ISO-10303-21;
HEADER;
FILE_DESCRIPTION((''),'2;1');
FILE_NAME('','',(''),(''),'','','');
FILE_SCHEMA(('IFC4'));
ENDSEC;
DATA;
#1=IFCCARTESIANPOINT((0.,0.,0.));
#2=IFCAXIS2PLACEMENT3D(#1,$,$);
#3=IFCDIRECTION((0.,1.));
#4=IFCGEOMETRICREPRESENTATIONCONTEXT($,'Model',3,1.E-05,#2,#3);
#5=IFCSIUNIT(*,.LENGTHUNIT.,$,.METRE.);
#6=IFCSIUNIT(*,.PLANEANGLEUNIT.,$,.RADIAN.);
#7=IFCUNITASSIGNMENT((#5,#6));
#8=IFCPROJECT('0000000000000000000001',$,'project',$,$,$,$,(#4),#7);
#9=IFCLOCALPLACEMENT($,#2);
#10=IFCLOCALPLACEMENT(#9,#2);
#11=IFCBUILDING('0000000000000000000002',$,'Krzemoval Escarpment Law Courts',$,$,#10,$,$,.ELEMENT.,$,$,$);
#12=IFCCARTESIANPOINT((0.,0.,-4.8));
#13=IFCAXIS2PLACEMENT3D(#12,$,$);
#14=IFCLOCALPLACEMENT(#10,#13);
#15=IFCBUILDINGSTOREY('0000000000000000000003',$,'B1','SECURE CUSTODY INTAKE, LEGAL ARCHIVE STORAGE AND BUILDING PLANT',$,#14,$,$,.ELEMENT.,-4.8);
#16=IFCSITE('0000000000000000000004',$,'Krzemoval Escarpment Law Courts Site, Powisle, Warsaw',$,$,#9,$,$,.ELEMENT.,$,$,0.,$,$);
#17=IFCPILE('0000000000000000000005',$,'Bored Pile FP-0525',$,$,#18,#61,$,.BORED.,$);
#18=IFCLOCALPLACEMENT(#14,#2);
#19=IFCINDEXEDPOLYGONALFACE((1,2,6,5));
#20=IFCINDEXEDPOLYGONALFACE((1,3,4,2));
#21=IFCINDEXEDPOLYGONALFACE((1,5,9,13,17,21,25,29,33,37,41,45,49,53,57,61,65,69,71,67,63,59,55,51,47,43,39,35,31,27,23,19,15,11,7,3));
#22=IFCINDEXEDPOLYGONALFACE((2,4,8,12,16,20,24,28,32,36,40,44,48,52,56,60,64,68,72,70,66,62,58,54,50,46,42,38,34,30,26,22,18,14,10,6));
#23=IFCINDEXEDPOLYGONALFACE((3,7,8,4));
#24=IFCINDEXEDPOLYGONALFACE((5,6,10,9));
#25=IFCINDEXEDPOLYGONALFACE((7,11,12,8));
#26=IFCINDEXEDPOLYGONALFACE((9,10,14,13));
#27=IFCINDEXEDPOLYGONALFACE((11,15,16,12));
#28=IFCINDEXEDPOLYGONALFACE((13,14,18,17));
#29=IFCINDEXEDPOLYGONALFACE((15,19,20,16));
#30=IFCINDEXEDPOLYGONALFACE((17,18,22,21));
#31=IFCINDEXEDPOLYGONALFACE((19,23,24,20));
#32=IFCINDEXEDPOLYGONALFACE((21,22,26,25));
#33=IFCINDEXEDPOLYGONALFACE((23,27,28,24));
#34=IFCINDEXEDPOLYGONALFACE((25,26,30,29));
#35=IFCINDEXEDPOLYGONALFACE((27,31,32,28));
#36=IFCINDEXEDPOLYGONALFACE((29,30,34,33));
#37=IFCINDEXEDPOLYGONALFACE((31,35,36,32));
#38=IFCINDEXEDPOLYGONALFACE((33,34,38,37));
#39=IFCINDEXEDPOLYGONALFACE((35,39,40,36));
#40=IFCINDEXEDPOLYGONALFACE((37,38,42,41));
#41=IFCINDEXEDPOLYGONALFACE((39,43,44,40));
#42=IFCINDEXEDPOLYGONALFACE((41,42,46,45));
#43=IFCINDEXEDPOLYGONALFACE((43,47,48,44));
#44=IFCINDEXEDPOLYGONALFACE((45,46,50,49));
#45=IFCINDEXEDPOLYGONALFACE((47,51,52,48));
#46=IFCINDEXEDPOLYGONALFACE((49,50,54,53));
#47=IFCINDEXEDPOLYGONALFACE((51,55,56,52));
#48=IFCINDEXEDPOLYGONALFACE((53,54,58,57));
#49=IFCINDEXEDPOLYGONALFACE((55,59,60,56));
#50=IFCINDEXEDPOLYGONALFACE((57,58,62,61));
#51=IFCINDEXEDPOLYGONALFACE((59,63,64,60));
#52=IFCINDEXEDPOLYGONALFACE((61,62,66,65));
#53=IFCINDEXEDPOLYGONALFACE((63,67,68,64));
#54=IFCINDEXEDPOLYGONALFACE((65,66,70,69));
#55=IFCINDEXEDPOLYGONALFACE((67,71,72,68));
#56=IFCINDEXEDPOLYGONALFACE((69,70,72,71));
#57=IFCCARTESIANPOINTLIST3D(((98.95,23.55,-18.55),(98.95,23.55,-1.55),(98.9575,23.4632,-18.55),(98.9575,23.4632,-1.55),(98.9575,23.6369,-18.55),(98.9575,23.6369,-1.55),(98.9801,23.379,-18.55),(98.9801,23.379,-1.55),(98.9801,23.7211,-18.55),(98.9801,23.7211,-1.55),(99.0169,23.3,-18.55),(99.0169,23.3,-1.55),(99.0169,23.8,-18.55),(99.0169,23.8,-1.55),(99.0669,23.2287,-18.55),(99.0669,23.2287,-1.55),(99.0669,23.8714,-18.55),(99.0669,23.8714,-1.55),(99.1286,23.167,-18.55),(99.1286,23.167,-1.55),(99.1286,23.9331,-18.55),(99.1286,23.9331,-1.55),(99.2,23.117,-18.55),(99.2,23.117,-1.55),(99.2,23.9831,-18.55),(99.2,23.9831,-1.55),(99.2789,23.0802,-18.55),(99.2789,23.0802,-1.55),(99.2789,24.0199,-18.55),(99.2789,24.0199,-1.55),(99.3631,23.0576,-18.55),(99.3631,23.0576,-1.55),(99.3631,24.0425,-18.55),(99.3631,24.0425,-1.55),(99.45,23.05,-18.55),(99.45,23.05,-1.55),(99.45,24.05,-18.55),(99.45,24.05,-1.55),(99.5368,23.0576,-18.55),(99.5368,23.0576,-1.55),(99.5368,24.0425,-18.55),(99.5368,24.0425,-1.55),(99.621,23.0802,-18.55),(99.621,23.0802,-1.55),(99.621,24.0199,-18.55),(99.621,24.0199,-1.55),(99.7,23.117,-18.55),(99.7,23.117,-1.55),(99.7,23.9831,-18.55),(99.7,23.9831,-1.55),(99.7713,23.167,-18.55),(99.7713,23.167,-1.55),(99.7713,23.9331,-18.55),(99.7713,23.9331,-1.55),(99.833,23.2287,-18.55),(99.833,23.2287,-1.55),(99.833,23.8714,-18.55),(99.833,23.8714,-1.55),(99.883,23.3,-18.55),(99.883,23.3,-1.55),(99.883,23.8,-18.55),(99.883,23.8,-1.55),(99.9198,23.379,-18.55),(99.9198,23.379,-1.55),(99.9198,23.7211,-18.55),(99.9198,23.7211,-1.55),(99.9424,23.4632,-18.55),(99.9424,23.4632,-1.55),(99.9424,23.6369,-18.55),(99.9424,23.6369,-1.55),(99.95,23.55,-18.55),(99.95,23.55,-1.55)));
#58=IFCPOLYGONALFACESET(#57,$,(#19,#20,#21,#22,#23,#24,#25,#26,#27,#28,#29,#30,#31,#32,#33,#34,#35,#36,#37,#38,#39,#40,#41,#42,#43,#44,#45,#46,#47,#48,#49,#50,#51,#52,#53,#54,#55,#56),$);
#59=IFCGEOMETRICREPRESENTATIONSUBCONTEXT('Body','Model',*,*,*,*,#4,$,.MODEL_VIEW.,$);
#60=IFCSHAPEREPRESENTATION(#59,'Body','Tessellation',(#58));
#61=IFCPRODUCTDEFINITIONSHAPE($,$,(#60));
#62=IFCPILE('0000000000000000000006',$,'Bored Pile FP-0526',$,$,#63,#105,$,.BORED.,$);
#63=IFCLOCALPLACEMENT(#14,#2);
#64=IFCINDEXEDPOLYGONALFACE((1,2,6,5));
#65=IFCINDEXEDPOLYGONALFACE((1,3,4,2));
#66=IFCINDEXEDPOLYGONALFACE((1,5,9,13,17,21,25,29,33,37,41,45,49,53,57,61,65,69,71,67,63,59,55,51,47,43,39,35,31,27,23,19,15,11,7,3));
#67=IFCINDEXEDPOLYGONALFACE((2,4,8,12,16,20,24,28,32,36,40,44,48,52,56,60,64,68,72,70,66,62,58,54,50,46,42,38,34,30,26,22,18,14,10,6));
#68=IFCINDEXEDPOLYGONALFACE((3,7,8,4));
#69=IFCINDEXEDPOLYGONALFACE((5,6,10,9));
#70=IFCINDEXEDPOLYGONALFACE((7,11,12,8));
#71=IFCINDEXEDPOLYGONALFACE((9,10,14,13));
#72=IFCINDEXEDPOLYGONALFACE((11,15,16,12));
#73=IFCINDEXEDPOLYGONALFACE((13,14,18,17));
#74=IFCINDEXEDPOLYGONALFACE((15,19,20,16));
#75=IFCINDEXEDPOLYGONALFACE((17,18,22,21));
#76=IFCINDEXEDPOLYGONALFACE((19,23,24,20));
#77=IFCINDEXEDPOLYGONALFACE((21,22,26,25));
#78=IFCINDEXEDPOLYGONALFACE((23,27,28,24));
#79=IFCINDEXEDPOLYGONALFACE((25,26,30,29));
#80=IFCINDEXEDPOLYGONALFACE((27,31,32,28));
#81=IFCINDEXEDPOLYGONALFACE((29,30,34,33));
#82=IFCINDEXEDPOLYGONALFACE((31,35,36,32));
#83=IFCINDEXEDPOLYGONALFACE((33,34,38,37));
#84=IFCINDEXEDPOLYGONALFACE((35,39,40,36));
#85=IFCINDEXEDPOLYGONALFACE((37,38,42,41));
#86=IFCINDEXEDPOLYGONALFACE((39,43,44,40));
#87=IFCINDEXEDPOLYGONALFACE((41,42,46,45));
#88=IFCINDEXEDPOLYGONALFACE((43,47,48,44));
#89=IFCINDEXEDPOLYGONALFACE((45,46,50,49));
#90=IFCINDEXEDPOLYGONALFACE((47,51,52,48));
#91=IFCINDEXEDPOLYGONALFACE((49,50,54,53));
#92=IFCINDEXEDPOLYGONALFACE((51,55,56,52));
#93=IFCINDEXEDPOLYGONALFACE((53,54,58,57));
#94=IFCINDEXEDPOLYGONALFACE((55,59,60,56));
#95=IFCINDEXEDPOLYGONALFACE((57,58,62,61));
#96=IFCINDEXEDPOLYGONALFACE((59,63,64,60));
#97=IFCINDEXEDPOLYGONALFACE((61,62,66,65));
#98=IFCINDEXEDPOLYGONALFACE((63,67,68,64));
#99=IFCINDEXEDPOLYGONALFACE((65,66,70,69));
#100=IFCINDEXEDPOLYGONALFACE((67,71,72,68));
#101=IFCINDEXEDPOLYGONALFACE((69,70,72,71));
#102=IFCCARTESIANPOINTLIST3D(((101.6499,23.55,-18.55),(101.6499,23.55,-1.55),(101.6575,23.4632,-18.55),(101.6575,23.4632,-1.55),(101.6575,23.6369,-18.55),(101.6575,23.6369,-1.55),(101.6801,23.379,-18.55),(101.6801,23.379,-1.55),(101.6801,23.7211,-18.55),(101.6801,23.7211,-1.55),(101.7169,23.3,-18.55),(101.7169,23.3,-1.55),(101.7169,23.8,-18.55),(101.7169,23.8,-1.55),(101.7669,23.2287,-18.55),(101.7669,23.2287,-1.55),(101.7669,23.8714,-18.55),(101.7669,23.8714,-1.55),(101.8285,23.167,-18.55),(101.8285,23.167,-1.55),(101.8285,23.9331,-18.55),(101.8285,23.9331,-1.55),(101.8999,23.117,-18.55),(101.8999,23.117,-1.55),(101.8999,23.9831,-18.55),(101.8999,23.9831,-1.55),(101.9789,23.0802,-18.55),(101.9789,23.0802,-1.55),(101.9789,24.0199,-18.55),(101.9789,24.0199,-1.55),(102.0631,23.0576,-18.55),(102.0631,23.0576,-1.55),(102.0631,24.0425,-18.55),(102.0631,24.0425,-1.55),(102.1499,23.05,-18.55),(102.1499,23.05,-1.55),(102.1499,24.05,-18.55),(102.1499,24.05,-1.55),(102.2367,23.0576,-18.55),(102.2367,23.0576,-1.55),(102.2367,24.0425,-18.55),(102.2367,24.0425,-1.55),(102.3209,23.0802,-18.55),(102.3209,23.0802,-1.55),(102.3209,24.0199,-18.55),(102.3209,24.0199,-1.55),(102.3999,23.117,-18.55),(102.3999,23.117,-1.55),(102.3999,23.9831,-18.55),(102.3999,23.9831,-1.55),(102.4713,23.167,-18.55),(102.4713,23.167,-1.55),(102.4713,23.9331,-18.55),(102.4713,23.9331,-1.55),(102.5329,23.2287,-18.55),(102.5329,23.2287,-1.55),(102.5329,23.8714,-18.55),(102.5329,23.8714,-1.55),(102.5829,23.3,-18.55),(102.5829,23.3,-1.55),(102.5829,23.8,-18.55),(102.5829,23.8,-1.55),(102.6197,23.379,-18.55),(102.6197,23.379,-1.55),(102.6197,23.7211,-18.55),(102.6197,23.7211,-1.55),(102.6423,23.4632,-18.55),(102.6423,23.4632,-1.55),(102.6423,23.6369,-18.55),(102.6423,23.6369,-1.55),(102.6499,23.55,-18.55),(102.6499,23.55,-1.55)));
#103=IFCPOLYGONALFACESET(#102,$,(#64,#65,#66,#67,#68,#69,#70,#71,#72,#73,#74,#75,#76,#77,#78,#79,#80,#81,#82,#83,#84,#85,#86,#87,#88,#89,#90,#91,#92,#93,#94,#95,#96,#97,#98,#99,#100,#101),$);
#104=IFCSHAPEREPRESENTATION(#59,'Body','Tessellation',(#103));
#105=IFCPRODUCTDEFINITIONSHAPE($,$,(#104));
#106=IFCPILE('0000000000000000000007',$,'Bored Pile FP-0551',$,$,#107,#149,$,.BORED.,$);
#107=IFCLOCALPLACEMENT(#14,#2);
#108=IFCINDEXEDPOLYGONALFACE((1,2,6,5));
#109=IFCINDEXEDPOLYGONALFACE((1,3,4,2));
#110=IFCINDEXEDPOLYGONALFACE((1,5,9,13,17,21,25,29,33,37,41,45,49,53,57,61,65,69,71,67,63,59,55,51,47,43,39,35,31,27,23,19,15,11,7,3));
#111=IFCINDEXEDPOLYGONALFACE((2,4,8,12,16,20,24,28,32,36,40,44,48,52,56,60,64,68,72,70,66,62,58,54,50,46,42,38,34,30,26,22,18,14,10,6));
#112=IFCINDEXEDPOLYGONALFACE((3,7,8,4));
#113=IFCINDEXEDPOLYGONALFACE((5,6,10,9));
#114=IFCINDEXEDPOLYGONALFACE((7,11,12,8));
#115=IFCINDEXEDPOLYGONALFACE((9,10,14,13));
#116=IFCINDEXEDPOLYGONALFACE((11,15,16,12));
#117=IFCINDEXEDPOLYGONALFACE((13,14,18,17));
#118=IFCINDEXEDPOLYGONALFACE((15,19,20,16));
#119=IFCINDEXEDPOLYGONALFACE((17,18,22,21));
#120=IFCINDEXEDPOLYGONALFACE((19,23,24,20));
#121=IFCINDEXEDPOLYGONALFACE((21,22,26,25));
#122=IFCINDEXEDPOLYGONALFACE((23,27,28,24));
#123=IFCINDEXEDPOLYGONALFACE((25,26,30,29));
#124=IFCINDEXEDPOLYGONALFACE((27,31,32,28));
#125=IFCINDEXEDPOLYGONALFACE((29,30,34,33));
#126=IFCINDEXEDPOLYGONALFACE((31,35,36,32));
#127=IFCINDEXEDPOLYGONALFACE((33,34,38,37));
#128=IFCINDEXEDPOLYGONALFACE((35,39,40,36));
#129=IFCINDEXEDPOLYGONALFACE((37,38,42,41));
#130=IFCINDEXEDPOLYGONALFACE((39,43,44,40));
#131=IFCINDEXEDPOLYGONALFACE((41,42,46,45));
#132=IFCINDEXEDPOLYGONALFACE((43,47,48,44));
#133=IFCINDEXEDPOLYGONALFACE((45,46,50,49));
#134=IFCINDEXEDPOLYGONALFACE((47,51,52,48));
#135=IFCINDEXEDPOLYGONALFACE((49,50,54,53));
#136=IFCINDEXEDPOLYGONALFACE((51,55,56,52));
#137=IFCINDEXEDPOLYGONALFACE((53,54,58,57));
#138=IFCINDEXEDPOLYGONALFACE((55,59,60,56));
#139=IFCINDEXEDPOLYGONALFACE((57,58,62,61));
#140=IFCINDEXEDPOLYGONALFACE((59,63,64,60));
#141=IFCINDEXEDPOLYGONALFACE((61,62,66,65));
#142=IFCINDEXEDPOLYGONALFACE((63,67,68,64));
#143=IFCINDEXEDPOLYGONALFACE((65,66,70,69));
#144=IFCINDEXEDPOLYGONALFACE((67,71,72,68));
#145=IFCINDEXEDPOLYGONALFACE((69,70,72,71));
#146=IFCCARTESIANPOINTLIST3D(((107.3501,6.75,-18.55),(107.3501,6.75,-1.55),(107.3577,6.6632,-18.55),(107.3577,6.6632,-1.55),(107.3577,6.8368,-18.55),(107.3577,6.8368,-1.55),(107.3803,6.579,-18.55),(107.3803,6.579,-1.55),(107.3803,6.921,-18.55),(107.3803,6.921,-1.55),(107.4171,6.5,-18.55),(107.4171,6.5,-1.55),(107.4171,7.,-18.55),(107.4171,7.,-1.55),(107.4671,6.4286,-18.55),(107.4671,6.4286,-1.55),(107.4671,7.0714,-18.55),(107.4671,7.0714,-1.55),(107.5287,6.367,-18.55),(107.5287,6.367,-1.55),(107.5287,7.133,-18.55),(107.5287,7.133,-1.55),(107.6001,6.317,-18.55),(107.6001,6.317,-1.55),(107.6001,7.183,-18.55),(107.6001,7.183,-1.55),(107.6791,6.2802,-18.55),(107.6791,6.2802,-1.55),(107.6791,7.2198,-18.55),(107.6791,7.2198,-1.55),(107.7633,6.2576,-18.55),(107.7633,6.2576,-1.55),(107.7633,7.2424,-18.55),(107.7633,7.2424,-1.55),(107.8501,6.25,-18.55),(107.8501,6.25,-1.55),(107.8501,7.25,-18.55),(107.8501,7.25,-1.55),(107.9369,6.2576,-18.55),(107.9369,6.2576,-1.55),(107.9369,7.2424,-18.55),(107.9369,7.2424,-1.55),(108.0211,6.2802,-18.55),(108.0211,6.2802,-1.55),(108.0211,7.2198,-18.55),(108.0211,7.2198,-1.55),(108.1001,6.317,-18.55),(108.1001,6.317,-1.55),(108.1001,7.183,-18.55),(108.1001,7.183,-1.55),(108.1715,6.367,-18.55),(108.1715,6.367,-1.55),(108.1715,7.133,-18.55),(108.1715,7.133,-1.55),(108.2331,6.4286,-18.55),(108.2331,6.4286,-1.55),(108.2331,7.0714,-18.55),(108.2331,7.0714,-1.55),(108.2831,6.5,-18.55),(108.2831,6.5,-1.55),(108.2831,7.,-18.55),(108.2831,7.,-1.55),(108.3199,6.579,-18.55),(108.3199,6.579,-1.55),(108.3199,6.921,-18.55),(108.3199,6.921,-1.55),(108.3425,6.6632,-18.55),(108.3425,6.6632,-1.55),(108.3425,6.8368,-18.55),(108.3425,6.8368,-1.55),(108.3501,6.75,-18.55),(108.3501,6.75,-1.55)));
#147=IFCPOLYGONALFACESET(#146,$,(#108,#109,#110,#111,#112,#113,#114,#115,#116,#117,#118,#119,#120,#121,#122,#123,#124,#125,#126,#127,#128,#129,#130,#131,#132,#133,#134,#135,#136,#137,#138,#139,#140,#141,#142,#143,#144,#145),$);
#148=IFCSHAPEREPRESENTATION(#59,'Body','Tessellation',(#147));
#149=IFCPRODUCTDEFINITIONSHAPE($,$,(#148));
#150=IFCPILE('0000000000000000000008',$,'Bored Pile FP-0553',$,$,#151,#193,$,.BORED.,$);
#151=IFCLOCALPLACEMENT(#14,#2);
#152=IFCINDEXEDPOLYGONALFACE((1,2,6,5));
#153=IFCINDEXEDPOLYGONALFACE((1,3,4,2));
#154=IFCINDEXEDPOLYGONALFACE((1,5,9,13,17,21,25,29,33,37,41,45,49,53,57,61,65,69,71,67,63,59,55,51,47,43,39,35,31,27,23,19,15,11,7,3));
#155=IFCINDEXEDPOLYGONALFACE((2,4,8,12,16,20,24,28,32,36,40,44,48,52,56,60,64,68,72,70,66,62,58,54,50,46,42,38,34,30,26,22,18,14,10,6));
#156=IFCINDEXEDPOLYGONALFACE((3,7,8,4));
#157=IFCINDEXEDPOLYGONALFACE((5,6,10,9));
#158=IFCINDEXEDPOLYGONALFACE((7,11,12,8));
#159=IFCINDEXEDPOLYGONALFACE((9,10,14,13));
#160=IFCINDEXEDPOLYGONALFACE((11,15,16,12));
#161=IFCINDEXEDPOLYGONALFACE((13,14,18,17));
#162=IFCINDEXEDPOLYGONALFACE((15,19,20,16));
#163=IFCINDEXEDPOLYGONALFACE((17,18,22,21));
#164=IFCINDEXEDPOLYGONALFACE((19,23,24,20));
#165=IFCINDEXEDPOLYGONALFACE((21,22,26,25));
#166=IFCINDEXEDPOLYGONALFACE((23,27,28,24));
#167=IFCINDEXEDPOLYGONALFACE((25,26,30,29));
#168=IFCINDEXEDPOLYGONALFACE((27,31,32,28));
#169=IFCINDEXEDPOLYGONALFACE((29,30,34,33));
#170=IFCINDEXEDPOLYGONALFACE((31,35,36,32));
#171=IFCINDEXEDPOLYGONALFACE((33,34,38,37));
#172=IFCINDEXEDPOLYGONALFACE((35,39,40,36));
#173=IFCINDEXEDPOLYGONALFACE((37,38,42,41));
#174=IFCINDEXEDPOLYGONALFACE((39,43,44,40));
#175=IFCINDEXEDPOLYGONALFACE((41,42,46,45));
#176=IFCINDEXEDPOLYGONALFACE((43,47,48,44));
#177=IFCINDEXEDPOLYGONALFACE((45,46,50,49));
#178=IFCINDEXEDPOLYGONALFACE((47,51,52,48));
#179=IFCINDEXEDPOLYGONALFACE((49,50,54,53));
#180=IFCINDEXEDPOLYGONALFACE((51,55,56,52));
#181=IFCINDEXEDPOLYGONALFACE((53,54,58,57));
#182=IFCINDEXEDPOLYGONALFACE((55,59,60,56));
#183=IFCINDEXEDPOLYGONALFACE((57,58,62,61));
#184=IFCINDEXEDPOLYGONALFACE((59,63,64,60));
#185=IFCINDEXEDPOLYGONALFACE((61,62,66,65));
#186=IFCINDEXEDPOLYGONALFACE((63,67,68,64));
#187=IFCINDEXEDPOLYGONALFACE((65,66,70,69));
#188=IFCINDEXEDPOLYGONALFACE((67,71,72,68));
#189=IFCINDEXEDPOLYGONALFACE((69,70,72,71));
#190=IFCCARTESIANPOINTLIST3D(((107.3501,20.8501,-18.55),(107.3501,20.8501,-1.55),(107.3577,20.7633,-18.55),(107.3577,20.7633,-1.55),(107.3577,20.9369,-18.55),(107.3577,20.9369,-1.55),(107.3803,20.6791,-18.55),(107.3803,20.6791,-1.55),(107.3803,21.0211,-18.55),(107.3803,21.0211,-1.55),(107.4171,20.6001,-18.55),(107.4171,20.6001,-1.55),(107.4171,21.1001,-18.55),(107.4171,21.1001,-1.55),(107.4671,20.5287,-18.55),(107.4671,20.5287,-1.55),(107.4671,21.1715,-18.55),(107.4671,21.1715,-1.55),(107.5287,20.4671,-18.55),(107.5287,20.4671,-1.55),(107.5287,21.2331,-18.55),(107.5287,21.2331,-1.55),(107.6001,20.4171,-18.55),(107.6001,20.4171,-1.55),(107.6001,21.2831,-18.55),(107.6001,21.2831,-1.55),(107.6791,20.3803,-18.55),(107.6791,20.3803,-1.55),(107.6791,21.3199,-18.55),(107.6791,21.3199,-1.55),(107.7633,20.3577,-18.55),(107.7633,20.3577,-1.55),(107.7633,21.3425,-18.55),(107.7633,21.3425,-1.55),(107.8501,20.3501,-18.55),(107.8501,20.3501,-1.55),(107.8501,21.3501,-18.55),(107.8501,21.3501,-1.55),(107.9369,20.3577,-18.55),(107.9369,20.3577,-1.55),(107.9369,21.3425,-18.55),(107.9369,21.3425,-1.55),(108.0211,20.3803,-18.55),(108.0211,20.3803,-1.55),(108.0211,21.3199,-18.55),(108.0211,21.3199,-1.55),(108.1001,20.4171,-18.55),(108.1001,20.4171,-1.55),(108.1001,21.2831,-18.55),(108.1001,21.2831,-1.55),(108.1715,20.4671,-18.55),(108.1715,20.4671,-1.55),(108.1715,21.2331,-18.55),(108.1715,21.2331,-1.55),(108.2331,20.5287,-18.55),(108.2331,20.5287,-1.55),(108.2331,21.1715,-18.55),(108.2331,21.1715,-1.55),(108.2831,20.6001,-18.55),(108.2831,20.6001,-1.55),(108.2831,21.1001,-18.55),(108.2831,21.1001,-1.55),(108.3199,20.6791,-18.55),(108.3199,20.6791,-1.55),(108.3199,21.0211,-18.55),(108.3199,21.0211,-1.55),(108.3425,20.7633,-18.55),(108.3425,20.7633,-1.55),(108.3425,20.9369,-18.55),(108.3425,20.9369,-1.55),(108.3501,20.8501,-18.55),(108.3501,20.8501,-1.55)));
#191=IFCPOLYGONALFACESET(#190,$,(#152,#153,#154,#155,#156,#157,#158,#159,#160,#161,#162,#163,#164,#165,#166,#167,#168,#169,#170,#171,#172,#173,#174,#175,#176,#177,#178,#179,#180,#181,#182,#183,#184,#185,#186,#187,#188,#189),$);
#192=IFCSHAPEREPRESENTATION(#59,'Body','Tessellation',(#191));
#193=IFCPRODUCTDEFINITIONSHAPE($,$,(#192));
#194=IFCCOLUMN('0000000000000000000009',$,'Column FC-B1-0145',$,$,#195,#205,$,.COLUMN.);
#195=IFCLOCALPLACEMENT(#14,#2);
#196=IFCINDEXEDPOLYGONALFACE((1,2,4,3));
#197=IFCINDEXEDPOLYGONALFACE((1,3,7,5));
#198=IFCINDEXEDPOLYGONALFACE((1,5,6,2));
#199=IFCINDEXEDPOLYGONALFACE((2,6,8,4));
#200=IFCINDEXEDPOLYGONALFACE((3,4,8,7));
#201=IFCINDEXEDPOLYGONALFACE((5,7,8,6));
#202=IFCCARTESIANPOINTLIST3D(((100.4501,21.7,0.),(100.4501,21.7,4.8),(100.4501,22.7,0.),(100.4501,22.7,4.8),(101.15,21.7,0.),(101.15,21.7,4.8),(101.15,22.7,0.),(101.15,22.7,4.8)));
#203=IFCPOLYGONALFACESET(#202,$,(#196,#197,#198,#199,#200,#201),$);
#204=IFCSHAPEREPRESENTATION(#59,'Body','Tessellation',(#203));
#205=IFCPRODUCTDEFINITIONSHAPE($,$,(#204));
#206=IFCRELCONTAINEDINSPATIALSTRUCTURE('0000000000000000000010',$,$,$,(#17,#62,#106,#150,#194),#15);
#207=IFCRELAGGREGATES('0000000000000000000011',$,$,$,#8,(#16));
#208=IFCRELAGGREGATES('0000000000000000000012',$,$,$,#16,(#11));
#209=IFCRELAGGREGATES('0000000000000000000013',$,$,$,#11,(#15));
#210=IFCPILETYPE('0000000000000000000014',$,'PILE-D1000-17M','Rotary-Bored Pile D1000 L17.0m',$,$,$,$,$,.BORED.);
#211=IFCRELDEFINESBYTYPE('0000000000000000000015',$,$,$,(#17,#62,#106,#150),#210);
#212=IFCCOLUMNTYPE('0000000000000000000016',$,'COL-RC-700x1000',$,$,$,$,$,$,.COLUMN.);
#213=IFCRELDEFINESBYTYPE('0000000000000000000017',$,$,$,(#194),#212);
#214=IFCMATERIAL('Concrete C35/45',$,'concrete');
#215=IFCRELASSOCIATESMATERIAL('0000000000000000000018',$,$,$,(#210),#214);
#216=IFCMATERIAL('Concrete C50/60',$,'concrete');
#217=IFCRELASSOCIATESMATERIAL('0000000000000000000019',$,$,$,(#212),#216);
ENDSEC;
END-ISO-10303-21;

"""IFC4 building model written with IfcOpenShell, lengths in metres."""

from ifc_helpers import new_model, si_unit, direction, frame, origin, origin_2d, place, context, subcontext, project, spatial, rectangle, circle, extrude, material, material_profile, profile_set, type_object, element, save


model = new_model("IFC4")

# Units and contexts
model_context = context("Model", 3, precision=1e-05, world=origin(), true_north=direction((0.0, 1.0)))
body_context = subcontext(model_context, "Body", "Model", "MODEL_VIEW")
ifc_project = project(units=[si_unit("LENGTHUNIT", "METRE"), si_unit("PLANEANGLEUNIT", "RADIAN")], contexts=[model_context])

# Site, building, storey
site_placement = place(None, origin())
site = spatial("IfcSite", under=ifc_project, at=site_placement, Name="Krzemoval Escarpment Law Courts Site, Powisle, Warsaw", CompositionType="ELEMENT", RefElevation=0.0)
building_placement = place(site_placement, origin())
building = spatial("IfcBuilding", under=site, at=building_placement, Name="Krzemoval Escarpment Law Courts", CompositionType="ELEMENT")
storey_placement = place(building_placement, frame((0.0, 0.0, -4.8)))
storey = spatial("IfcBuildingStorey", under=building, at=storey_placement, Name="B1", Description="SECURE CUSTODY INTAKE, LEGAL ARCHIVE STORAGE AND BUILDING PLANT", CompositionType="ELEMENT", Elevation=-4.8)

# Piles
ifc_material_1 = material(Name="Concrete C35/45", Category="concrete")
ifc_material_profile_1 = material_profile(ifc_material_1, circle(Radius=0.5, at=origin_2d()), Name="PILE D1000")
ifc_profile_set_1 = profile_set([ifc_material_profile_1], Name="Concrete C35/45")
pile_type = type_object("IfcPileType", Name="PILE-D1000-17M", Description="Rotary-Bored Pile D1000 L17.0m", PredefinedType="BORED", material=ifc_profile_set_1)
for number, where, z_axis, x_axis, name in (
    (1, (99.45, 23.55, -1.55), (0.0, 0.0, -1.0), (1.0, 0.0, 0.0), "Bored Pile FP-0525"),
    (2, (102.1499, 23.55, -1.55), (0.0, 0.0, -1.0), (1.0, 0.0, 0.0), "Bored Pile FP-0526"),
    (3, (107.8501, 6.75, -1.55), (0.0, 0.0, -1.0), (1.0, 0.0, 0.0), "Bored Pile FP-0551"),
    (4, (107.8501, 20.8501, -1.55), (0.0, 0.0, -1.0), (1.0, 0.0, 0.0), "Bored Pile FP-0553"),
):
    element("IfcPile", number, at=place(storey_placement, frame(where, z_axis=z_axis, x_axis=x_axis)), inside=storey, type_object=pile_type, Name=name, PredefinedType="BORED", context=body_context, shape_type="SweptSolid", body=[
        extrude(circle(Radius=0.5, at=origin_2d()), origin(), (0.0, 0.0, 1.0), 17.0),
    ])

# Column
ifc_material_2 = material(Name="Concrete C50/60", Category="concrete")
ifc_material_profile_2 = material_profile(ifc_material_2, rectangle(XDim=0.7, YDim=1.0, at=origin_2d()), Name="RC 700x1000")
ifc_profile_set_2 = profile_set([ifc_material_profile_2], Name="Concrete C50/60")
column_type = type_object("IfcColumnType", Name="COL-RC-700x1000", PredefinedType="COLUMN", material=ifc_profile_set_2)
column_placement = place(storey_placement, frame((100.8, 22.2, 0.0), z_axis=(0.0, 0.0, 1.0), x_axis=(1.0, 0.0, 0.0)))
element("IfcColumn", 5, at=column_placement, inside=storey, type_object=column_type, Name="Column FC-B1-0145", PredefinedType="COLUMN", context=body_context, shape_type="SweptSolid", body=[
    extrude(rectangle(XDim=0.7, YDim=1.0, at=origin_2d()), origin(), (0.0, 0.0, 1.0), 4.8),
])

save(model, "model.ifc")
